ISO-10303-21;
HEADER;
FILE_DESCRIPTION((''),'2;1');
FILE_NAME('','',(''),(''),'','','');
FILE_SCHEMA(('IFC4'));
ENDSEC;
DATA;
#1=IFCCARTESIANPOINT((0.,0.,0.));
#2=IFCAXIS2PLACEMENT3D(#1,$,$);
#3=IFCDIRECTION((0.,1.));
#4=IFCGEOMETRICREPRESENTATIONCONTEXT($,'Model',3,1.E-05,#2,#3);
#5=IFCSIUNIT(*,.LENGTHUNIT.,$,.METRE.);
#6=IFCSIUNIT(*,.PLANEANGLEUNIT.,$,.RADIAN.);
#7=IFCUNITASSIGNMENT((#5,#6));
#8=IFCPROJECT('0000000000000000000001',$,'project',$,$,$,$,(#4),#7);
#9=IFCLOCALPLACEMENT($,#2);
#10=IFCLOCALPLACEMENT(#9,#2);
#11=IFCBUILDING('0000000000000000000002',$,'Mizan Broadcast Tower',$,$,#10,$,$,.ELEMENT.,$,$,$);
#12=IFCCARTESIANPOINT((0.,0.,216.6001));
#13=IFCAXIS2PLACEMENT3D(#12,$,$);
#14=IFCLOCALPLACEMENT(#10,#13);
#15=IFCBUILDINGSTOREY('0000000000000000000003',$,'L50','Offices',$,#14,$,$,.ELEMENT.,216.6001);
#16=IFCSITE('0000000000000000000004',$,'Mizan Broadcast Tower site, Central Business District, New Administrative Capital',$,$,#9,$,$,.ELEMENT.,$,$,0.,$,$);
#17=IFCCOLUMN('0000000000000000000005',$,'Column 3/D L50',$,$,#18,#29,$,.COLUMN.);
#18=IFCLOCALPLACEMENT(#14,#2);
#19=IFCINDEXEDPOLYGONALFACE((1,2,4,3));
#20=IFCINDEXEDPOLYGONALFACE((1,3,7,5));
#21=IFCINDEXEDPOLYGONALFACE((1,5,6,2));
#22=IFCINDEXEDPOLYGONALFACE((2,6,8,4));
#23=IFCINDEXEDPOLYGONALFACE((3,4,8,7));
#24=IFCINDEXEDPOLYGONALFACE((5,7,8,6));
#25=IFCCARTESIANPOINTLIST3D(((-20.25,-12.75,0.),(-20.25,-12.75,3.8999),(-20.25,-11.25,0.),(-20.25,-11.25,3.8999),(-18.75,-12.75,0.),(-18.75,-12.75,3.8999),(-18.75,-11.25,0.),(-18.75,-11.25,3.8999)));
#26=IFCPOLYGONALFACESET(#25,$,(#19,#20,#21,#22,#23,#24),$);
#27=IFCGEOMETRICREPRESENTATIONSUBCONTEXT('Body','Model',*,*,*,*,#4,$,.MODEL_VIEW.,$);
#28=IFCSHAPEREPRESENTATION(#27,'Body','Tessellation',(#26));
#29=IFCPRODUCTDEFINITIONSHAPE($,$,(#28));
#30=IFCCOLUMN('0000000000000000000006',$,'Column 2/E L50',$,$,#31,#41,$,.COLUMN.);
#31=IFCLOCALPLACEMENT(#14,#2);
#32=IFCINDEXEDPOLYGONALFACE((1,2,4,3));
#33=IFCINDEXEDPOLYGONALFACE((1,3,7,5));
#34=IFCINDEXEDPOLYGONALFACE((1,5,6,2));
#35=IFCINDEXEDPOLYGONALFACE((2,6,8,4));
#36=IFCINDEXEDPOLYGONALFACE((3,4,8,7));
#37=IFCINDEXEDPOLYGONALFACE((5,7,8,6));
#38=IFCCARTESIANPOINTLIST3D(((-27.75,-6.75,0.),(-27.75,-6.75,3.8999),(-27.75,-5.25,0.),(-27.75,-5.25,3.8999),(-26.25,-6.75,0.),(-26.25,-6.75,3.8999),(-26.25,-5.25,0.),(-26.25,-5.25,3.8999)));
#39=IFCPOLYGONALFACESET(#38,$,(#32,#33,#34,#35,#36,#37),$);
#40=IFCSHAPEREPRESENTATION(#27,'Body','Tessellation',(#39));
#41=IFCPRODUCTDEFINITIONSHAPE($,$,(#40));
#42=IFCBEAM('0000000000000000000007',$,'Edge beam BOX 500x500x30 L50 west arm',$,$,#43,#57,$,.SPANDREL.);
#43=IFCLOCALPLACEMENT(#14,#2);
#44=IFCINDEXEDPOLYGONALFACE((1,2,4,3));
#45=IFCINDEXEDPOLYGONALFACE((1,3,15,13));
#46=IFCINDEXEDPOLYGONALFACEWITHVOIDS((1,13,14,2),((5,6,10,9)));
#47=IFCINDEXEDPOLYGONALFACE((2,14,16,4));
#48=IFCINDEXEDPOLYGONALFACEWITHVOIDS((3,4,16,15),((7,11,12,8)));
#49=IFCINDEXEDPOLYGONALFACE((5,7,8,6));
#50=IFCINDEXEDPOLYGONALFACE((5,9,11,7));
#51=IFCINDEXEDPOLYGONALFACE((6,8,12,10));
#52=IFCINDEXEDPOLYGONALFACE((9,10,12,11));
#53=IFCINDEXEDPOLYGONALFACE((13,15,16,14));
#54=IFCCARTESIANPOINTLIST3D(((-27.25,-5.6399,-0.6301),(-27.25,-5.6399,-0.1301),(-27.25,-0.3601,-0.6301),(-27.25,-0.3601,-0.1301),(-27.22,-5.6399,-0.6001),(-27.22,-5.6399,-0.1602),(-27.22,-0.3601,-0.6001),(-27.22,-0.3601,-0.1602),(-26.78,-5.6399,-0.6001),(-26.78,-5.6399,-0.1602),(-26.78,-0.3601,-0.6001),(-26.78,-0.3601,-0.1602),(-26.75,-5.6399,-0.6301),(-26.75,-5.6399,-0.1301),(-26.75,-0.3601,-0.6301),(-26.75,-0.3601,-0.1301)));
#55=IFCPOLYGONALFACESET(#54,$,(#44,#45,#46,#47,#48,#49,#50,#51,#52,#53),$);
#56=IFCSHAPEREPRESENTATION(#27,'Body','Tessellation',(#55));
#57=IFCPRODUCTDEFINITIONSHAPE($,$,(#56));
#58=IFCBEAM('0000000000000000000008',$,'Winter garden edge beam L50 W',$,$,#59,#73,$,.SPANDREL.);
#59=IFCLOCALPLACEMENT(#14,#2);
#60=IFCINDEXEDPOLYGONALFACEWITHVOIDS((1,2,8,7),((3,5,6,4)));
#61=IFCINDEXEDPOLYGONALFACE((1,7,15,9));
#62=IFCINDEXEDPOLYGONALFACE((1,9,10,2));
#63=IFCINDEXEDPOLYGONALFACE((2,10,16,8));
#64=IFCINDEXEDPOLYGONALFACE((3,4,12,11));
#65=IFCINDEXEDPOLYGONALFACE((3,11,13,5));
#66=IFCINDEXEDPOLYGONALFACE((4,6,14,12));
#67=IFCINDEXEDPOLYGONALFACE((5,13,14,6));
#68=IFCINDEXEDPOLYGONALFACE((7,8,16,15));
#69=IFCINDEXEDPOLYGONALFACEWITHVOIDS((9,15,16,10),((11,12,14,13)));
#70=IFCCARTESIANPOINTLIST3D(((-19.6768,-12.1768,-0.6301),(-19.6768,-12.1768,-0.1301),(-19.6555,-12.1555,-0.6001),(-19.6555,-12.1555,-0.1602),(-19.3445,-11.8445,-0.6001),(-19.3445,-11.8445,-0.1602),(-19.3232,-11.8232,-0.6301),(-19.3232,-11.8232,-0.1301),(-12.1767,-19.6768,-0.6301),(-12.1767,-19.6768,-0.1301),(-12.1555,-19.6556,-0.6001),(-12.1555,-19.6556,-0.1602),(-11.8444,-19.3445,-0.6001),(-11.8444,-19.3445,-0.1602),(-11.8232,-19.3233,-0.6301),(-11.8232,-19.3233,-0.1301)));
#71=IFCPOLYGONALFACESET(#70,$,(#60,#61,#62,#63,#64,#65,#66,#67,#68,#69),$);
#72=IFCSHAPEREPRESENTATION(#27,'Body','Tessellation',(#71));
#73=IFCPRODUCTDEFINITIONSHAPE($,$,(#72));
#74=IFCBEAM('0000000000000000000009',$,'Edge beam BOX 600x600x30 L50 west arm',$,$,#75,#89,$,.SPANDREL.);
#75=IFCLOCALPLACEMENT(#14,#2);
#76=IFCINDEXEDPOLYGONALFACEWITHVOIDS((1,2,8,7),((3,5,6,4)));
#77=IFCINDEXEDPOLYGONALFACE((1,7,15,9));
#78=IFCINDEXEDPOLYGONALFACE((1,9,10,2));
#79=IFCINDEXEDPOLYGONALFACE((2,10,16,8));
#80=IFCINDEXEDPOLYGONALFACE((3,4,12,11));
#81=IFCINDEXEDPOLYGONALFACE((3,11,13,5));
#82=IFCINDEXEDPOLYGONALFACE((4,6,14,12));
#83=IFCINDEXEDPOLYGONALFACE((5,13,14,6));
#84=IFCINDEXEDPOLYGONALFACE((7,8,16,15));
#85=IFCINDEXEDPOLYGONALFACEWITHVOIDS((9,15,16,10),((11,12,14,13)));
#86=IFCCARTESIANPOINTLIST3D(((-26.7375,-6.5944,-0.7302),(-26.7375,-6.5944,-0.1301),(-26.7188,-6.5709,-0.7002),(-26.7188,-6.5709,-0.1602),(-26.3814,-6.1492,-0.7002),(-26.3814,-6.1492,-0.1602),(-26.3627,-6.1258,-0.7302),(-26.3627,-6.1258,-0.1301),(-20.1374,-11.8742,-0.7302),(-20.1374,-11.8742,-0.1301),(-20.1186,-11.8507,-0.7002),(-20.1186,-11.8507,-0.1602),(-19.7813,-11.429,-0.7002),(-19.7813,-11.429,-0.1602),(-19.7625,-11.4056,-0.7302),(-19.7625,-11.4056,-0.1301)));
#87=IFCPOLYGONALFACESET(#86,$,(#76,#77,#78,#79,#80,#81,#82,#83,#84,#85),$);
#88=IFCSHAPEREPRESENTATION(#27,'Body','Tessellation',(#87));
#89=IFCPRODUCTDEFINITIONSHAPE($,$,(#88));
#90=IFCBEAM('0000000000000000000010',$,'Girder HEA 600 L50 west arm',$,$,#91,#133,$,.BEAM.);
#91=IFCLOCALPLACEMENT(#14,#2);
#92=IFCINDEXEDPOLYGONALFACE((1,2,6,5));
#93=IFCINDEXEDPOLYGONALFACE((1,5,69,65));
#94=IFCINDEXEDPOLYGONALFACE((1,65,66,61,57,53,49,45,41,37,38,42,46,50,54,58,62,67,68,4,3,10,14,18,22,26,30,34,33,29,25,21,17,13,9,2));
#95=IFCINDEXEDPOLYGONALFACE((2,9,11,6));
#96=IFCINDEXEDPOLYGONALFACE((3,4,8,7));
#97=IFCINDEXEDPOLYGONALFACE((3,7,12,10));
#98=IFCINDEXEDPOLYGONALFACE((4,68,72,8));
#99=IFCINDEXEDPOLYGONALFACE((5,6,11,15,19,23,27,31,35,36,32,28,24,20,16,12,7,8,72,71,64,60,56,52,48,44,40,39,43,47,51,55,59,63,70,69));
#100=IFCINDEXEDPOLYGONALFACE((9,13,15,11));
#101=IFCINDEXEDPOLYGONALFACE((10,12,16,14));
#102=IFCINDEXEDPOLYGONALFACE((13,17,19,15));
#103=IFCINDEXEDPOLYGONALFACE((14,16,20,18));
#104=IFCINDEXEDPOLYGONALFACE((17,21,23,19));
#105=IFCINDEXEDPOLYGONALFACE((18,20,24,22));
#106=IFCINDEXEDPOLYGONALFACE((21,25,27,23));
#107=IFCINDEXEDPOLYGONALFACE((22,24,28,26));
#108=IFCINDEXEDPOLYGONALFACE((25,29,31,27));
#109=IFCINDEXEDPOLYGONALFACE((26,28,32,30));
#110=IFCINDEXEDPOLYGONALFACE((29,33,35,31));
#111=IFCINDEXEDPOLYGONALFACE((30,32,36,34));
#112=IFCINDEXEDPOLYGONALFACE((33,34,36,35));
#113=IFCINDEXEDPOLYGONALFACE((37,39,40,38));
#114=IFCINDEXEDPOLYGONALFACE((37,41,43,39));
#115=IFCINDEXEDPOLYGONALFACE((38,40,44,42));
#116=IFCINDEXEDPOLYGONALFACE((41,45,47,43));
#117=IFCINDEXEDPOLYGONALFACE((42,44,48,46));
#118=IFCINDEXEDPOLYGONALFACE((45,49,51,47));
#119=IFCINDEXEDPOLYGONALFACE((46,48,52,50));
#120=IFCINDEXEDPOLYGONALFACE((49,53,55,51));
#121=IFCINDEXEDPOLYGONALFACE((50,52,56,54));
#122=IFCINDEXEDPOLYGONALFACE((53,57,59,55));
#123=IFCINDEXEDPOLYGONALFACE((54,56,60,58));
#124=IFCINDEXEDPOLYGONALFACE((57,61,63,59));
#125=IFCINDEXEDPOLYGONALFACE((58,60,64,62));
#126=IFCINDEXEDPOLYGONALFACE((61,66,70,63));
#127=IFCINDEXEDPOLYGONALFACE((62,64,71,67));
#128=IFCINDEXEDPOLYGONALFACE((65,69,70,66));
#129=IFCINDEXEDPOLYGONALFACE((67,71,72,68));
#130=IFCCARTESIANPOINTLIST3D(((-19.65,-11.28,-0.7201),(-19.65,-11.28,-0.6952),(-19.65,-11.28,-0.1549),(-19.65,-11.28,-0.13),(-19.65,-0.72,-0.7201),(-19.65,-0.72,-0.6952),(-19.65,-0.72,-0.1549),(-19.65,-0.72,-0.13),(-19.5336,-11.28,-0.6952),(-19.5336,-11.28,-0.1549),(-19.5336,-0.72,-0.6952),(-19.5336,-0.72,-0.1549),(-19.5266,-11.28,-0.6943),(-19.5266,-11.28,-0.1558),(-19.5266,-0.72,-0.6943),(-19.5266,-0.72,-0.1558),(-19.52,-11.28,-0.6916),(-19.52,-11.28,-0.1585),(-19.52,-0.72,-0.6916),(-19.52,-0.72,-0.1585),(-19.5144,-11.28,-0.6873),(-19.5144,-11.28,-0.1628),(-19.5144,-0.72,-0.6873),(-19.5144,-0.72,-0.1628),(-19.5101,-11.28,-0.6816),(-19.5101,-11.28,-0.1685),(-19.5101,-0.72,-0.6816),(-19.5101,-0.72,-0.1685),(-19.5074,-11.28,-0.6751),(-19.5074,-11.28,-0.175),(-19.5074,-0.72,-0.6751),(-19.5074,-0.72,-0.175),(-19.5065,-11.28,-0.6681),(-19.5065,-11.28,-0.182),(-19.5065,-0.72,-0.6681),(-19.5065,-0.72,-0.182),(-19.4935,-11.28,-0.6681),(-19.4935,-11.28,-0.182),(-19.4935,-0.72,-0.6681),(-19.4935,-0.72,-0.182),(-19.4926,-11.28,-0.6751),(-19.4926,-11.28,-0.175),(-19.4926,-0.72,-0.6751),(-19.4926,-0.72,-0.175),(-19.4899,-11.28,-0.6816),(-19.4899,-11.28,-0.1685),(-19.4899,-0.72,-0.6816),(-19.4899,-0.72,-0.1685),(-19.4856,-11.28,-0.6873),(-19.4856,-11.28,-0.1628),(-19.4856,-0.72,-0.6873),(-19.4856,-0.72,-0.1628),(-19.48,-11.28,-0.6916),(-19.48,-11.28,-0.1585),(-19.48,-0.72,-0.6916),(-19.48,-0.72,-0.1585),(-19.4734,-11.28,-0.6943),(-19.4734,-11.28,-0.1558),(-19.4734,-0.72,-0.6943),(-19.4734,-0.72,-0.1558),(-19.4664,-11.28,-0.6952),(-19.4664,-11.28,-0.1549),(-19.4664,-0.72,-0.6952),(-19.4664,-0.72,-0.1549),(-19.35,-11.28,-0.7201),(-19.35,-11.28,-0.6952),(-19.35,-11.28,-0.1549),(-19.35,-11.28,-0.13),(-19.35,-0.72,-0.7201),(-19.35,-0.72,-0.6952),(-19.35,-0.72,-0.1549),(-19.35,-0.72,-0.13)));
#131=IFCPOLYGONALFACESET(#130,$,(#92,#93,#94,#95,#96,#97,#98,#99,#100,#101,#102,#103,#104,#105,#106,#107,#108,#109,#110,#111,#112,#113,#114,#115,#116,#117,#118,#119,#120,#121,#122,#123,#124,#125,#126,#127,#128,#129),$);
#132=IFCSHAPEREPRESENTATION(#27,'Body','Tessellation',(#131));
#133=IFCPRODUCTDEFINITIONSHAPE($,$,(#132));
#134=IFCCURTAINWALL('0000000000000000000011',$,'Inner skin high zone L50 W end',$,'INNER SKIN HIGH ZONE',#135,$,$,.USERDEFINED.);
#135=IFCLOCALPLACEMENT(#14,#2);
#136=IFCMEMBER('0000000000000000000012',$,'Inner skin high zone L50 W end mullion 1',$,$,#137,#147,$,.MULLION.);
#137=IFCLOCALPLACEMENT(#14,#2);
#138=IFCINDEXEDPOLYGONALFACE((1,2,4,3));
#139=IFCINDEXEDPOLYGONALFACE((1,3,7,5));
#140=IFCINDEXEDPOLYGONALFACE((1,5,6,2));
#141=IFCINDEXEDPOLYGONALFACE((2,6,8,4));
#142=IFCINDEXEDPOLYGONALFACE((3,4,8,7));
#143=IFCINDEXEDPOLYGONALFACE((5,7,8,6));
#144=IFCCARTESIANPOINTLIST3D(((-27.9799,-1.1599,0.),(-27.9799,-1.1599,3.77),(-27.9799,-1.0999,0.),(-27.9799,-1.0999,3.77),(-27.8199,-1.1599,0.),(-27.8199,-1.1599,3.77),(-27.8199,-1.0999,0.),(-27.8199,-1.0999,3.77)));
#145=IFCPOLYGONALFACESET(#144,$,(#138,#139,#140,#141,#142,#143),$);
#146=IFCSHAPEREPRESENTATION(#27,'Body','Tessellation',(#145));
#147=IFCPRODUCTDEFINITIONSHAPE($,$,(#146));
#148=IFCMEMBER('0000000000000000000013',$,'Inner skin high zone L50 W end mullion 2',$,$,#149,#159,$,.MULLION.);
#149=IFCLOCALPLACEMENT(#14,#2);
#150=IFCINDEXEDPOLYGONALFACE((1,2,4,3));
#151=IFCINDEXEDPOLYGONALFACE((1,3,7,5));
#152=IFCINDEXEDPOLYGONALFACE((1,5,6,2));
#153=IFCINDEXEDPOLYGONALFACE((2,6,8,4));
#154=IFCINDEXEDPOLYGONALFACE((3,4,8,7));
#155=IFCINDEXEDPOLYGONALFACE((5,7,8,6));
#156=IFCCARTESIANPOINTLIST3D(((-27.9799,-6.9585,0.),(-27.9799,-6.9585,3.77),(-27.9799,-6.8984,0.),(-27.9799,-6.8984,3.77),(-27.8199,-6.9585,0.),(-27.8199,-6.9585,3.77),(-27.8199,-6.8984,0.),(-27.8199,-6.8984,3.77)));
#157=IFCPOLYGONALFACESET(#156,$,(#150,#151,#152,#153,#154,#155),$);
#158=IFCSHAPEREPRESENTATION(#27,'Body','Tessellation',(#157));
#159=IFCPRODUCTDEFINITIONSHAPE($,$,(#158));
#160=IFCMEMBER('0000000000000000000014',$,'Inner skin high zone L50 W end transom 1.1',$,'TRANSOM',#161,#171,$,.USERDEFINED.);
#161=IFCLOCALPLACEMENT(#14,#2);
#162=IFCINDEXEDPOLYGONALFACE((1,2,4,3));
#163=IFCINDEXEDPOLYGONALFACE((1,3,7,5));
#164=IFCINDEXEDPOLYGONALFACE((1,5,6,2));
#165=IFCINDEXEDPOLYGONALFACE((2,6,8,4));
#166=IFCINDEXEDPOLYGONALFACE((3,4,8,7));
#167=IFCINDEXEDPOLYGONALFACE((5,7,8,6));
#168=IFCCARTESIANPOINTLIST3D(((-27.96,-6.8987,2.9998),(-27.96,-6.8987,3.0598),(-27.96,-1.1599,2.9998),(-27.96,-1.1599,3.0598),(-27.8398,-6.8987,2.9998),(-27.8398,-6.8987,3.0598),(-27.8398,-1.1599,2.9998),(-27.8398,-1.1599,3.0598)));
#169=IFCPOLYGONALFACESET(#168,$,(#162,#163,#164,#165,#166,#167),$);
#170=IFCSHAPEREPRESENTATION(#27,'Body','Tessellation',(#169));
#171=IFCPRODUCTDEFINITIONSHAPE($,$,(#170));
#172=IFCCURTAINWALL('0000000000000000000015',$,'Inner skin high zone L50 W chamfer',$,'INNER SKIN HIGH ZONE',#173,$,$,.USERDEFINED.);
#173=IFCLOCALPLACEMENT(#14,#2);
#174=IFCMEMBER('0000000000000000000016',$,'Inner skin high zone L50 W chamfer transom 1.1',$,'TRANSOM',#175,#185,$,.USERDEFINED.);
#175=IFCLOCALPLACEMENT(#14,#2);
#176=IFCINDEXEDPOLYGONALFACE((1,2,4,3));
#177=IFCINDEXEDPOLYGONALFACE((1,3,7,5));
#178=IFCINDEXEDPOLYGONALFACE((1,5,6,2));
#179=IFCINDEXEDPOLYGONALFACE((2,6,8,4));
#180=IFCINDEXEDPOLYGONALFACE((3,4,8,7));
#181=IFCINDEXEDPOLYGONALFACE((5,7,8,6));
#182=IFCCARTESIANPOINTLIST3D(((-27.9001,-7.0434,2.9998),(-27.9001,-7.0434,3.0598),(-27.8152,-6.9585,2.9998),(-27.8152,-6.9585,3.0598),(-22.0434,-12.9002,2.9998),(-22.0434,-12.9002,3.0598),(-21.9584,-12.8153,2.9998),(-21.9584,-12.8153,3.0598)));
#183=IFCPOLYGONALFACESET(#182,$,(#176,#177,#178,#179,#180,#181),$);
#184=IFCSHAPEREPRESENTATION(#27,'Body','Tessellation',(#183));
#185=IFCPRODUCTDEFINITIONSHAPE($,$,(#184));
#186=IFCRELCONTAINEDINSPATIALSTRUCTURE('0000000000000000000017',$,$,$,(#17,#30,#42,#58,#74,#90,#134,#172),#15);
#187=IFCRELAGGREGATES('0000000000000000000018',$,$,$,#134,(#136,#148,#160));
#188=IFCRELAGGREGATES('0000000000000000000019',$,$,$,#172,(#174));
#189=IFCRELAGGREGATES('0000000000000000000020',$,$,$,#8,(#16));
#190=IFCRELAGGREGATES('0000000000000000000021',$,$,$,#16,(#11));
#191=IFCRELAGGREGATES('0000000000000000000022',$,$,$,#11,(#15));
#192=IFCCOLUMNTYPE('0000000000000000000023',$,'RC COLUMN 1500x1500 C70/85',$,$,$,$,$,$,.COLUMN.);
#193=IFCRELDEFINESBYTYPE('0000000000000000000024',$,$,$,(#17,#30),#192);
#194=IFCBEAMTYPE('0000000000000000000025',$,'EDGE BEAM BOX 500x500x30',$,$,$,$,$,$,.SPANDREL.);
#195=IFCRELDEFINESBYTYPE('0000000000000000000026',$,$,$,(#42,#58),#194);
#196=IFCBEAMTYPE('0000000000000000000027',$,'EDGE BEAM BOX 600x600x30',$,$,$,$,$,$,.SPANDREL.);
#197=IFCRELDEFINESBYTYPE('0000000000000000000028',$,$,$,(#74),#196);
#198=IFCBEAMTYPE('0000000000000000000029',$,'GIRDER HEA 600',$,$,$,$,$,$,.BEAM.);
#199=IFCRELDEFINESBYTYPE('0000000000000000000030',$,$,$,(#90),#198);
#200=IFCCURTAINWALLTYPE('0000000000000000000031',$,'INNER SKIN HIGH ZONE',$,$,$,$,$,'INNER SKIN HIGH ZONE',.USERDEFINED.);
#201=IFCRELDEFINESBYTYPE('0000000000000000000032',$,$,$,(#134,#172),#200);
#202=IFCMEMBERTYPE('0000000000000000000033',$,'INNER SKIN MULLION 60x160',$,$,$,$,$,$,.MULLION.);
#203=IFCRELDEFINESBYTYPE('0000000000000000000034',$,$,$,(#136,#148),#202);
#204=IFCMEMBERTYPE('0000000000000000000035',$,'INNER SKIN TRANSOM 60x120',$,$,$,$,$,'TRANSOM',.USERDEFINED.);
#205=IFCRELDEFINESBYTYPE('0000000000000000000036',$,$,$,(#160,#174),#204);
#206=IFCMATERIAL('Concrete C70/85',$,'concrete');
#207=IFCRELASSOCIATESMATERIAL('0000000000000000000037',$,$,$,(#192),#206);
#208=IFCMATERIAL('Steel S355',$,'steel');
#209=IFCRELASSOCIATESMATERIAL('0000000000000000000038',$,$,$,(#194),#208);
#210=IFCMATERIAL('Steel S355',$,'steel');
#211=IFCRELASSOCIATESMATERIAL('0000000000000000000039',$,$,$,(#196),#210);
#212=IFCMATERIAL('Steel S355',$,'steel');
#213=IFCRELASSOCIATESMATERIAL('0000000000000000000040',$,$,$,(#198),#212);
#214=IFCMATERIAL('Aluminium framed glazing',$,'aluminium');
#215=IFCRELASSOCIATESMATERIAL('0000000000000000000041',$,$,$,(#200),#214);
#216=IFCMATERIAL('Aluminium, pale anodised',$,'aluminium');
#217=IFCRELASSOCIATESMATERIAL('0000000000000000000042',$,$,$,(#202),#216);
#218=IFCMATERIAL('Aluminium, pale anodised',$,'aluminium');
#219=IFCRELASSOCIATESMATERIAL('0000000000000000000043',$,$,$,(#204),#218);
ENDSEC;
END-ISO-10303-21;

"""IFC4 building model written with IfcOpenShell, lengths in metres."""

from ifc_helpers import new_model, si_unit, direction, frame, origin, origin_2d, place, context, subcontext, project, spatial, rectangle, hollow_rectangle, i_section, extrude, material, material_profile, profile_set, type_object, element, aggregate, save


model = new_model("IFC4")

# Units and contexts
model_context = context("Model", 3, precision=1e-05, world=origin(), true_north=direction((0.0, 1.0)))
body_context = subcontext(model_context, "Body", "Model", "MODEL_VIEW")
ifc_project = project(units=[si_unit("LENGTHUNIT", "METRE"), si_unit("PLANEANGLEUNIT", "RADIAN")], contexts=[model_context])

# Site, building, storey
site_placement = place(None, origin())
site = spatial("IfcSite", under=ifc_project, at=site_placement, Name="Mizan Broadcast Tower site, Central Business District, New Administrative Capital", CompositionType="ELEMENT", RefElevation=0.0)
building_placement = place(site_placement, origin())
building = spatial("IfcBuilding", under=site, at=building_placement, Name="Mizan Broadcast Tower", CompositionType="ELEMENT")
storey_placement = place(building_placement, frame((0.0, 0.0, 216.6001)))
storey = spatial("IfcBuildingStorey", under=building, at=storey_placement, Name="L50", Description="Offices", CompositionType="ELEMENT", Elevation=216.6001)

# Columns
ifc_material_1 = material(Name="Concrete C70/85", Category="concrete")
ifc_material_profile_1 = material_profile(ifc_material_1, rectangle(XDim=1.5, YDim=1.5, at=origin_2d()), Name="RC 1500x1500")
ifc_profile_set_1 = profile_set([ifc_material_profile_1], Name="Concrete C70/85")
column_type = type_object("IfcColumnType", Name="RC COLUMN 1500x1500 C70/85", PredefinedType="COLUMN", material=ifc_profile_set_1)
for number, where, z_axis, x_axis, name in (
    (1, (-19.5, -12.0, 0.0), (0.0, 0.0, 1.0), (1.0, 0.0, 0.0), "Column 3/D L50"),
    (2, (-27.0, -6.0, 0.0), (0.0, 0.0, 1.0), (1.0, 0.0, 0.0), "Column 2/E L50"),
):
    element("IfcColumn", number, at=place(storey_placement, frame(where, z_axis=z_axis, x_axis=x_axis)), inside=storey, type_object=column_type, Name=name, PredefinedType="COLUMN", context=body_context, shape_type="SweptSolid", body=[
        extrude(rectangle(XDim=1.5, YDim=1.5, at=origin_2d()), origin(), (0.0, 0.0, 1.0), 3.8999),
    ])

# Beams
ifc_material_2 = material(Name="Steel S355", Category="steel")
ifc_material_profile_2 = material_profile(ifc_material_2, hollow_rectangle(XDim=0.5, YDim=0.5, WallThickness=0.03, at=origin_2d()), Name="BOX 500x500x30")
ifc_profile_set_2 = profile_set([ifc_material_profile_2], Name="Steel S355")
beam_type_1 = type_object("IfcBeamType", Name="EDGE BEAM BOX 500x500x30", PredefinedType="SPANDREL", material=ifc_profile_set_2)
beam_1_placement = place(storey_placement, frame((-27.0, -5.6399, -0.3801), z_axis=(0.0, 1.0, 0.0), x_axis=(-1.0, 0.0, 0.0)))
element("IfcBeam", 3, at=beam_1_placement, inside=storey, type_object=beam_type_1, Name="Edge beam BOX 500x500x30 L50 west arm", PredefinedType="SPANDREL", context=body_context, shape_type="SweptSolid", body=[
    extrude(hollow_rectangle(XDim=0.5, YDim=0.5, WallThickness=0.03, at=origin_2d()), origin(), (0.0, 0.0, 1.0), 5.2798),
])
beam_2_placement = place(storey_placement, frame((-19.5, -12.0, -0.3801), z_axis=(0.707107, -0.707107, 0.0), x_axis=(0.707107, 0.707107, 0.0)))
element("IfcBeam", 4, at=beam_2_placement, inside=storey, type_object=beam_type_1, Name="Winter garden edge beam L50 W", PredefinedType="SPANDREL", context=body_context, shape_type="SweptSolid", body=[
    extrude(hollow_rectangle(XDim=0.5, YDim=0.5, WallThickness=0.03, at=origin_2d()), origin(), (0.0, 0.0, 1.0), 10.6067),
])
ifc_material_3 = material(Name="Steel S355", Category="steel")
ifc_material_profile_3 = material_profile(ifc_material_3, hollow_rectangle(XDim=0.6001, YDim=0.6001, WallThickness=0.03, at=origin_2d()), Name="BOX 600x600x30")
ifc_profile_set_3 = profile_set([ifc_material_profile_3], Name="Steel S355")
beam_type_2 = type_object("IfcBeamType", Name="EDGE BEAM BOX 600x600x30", PredefinedType="SPANDREL", material=ifc_profile_set_3)
beam_3_placement = place(storey_placement, frame((-19.95, -11.6399, -0.4302), z_axis=(-0.780886, 0.624674, 0.0), x_axis=(-0.624674, -0.780886, 0.0)))
element("IfcBeam", 5, at=beam_3_placement, inside=storey, type_object=beam_type_2, Name="Edge beam BOX 600x600x30 L50 west arm", PredefinedType="SPANDREL", context=body_context, shape_type="SweptSolid", body=[
    extrude(hollow_rectangle(XDim=0.6001, YDim=0.6001, WallThickness=0.03, at=origin_2d()), origin(), (0.0, 0.0, 1.0), 8.4521),
])
ifc_material_4 = material(Name="Steel S355", Category="steel")
ifc_material_profile_4 = material_profile(ifc_material_4, i_section(OverallWidth=0.3, OverallDepth=0.5901, WebThickness=0.0129, FlangeThickness=0.0249, FilletRadius=0.0271, at=origin_2d()), Name="HEA 600")
ifc_profile_set_4 = profile_set([ifc_material_profile_4], Name="Steel S355")
beam_type_3 = type_object("IfcBeamType", Name="GIRDER HEA 600", PredefinedType="BEAM", material=ifc_profile_set_4)
beam_4_placement = place(storey_placement, frame((-19.5, -11.28, -0.425), z_axis=(0.0, 1.0, 0.0), x_axis=(-1.0, 0.0, 0.0)))
element("IfcBeam", 6, at=beam_4_placement, inside=storey, type_object=beam_type_3, Name="Girder HEA 600 L50 west arm", PredefinedType="BEAM", context=body_context, shape_type="SweptSolid", body=[
    extrude(i_section(OverallWidth=0.3, OverallDepth=0.5901, WebThickness=0.0129, FlangeThickness=0.0249, FilletRadius=0.0271, at=origin_2d()), origin(), (0.0, 0.0, 1.0), 10.5601),
])

# Curtain wall, members
ifc_material_5 = material(Name="Aluminium framed glazing", Category="aluminium")
curtain_wall_type_1 = type_object("IfcCurtainWallType", Name="INNER SKIN HIGH ZONE", ElementType="INNER SKIN HIGH ZONE", PredefinedType="USERDEFINED", material=ifc_material_5)
curtain_wall_1_placement = place(storey_placement, origin())
curtain_wall_1 = element("IfcCurtainWall", 7, at=curtain_wall_1_placement, inside=storey, type_object=curtain_wall_type_1, Name="Inner skin high zone L50 W end", ObjectType="INNER SKIN HIGH ZONE", PredefinedType="USERDEFINED")
ifc_material_6 = material(Name="Aluminium, pale anodised", Category="aluminium")
ifc_material_profile_5 = material_profile(ifc_material_6, rectangle(XDim=0.1599, YDim=0.0601, at=origin_2d()), Name="MULLION 160x60")
ifc_profile_set_5 = profile_set([ifc_material_profile_5], Name="Aluminium, pale anodised")
member_type_1 = type_object("IfcMemberType", Name="INNER SKIN MULLION 60x160", PredefinedType="MULLION", material=ifc_profile_set_5)
member_1_placement = place(storey_placement, frame((-27.8999, -1.1299, 0.0), z_axis=(0.0, 0.0, 1.0), x_axis=(1.0, 0.0, 0.0)))
member_1 = element("IfcMember", 8, at=member_1_placement, type_object=member_type_1, Name="Inner skin high zone L50 W end mullion 1", PredefinedType="MULLION", context=body_context, shape_type="SweptSolid", body=[
    extrude(rectangle(XDim=0.1599, YDim=0.0601, at=origin_2d()), origin(), (0.0, 0.0, 1.0), 3.77),
])
member_2_placement = place(storey_placement, frame((-27.8999, -6.9285, 0.0), z_axis=(0.0, 0.0, 1.0), x_axis=(1.0, 0.0, 0.0)))
member_2 = element("IfcMember", 9, at=member_2_placement, type_object=member_type_1, Name="Inner skin high zone L50 W end mullion 2", PredefinedType="MULLION", context=body_context, shape_type="SweptSolid", body=[
    extrude(rectangle(XDim=0.1599, YDim=0.0601, at=origin_2d()), origin(), (0.0, 0.0, 1.0), 3.77),
])
ifc_material_7 = material(Name="Aluminium, pale anodised", Category="aluminium")
ifc_material_profile_6 = material_profile(ifc_material_7, rectangle(XDim=0.1201, YDim=0.0601, at=origin_2d()), Name="TRANSOM 120x60")
ifc_profile_set_6 = profile_set([ifc_material_profile_6], Name="Aluminium, pale anodised")
member_type_2 = type_object("IfcMemberType", Name="INNER SKIN TRANSOM 60x120", ElementType="TRANSOM", PredefinedType="USERDEFINED", material=ifc_profile_set_6)
member_3_placement = place(storey_placement, frame((-27.8999, -1.1599, 3.0298), z_axis=(0.0, -1.0, 0.0), x_axis=(1.0, 0.0, 0.0)))
member_3 = element("IfcMember", 10, at=member_3_placement, type_object=member_type_2, Name="Inner skin high zone L50 W end transom 1.1", ObjectType="TRANSOM", PredefinedType="USERDEFINED", context=body_context, shape_type="SweptSolid", body=[
    extrude(rectangle(XDim=0.1201, YDim=0.0601, at=origin_2d()), origin(), (0.0, 0.0, 1.0), 5.7388),
])

# Curtain wall, member
curtain_wall_2_placement = place(storey_placement, origin())
curtain_wall_2 = element("IfcCurtainWall", 11, at=curtain_wall_2_placement, inside=storey, type_object=curtain_wall_type_1, Name="Inner skin high zone L50 W chamfer", ObjectType="INNER SKIN HIGH ZONE", PredefinedType="USERDEFINED")
member_4_placement = place(storey_placement, frame((-27.8577, -7.001, 3.0298), z_axis=(0.707107, -0.707107, 0.0), x_axis=(0.707107, 0.707107, 0.0)))
member_4 = element("IfcMember", 12, at=member_4_placement, type_object=member_type_2, Name="Inner skin high zone L50 W chamfer transom 1.1", ObjectType="TRANSOM", PredefinedType="USERDEFINED", context=body_context, shape_type="SweptSolid", body=[
    extrude(rectangle(XDim=0.1201, YDim=0.0601, at=origin_2d()), origin(), (0.0, 0.0, 1.0), 8.2827),
])

aggregate(curtain_wall_1, [member_1, member_2, member_3])
aggregate(curtain_wall_2, [member_4])

save(model, "model.ifc")
